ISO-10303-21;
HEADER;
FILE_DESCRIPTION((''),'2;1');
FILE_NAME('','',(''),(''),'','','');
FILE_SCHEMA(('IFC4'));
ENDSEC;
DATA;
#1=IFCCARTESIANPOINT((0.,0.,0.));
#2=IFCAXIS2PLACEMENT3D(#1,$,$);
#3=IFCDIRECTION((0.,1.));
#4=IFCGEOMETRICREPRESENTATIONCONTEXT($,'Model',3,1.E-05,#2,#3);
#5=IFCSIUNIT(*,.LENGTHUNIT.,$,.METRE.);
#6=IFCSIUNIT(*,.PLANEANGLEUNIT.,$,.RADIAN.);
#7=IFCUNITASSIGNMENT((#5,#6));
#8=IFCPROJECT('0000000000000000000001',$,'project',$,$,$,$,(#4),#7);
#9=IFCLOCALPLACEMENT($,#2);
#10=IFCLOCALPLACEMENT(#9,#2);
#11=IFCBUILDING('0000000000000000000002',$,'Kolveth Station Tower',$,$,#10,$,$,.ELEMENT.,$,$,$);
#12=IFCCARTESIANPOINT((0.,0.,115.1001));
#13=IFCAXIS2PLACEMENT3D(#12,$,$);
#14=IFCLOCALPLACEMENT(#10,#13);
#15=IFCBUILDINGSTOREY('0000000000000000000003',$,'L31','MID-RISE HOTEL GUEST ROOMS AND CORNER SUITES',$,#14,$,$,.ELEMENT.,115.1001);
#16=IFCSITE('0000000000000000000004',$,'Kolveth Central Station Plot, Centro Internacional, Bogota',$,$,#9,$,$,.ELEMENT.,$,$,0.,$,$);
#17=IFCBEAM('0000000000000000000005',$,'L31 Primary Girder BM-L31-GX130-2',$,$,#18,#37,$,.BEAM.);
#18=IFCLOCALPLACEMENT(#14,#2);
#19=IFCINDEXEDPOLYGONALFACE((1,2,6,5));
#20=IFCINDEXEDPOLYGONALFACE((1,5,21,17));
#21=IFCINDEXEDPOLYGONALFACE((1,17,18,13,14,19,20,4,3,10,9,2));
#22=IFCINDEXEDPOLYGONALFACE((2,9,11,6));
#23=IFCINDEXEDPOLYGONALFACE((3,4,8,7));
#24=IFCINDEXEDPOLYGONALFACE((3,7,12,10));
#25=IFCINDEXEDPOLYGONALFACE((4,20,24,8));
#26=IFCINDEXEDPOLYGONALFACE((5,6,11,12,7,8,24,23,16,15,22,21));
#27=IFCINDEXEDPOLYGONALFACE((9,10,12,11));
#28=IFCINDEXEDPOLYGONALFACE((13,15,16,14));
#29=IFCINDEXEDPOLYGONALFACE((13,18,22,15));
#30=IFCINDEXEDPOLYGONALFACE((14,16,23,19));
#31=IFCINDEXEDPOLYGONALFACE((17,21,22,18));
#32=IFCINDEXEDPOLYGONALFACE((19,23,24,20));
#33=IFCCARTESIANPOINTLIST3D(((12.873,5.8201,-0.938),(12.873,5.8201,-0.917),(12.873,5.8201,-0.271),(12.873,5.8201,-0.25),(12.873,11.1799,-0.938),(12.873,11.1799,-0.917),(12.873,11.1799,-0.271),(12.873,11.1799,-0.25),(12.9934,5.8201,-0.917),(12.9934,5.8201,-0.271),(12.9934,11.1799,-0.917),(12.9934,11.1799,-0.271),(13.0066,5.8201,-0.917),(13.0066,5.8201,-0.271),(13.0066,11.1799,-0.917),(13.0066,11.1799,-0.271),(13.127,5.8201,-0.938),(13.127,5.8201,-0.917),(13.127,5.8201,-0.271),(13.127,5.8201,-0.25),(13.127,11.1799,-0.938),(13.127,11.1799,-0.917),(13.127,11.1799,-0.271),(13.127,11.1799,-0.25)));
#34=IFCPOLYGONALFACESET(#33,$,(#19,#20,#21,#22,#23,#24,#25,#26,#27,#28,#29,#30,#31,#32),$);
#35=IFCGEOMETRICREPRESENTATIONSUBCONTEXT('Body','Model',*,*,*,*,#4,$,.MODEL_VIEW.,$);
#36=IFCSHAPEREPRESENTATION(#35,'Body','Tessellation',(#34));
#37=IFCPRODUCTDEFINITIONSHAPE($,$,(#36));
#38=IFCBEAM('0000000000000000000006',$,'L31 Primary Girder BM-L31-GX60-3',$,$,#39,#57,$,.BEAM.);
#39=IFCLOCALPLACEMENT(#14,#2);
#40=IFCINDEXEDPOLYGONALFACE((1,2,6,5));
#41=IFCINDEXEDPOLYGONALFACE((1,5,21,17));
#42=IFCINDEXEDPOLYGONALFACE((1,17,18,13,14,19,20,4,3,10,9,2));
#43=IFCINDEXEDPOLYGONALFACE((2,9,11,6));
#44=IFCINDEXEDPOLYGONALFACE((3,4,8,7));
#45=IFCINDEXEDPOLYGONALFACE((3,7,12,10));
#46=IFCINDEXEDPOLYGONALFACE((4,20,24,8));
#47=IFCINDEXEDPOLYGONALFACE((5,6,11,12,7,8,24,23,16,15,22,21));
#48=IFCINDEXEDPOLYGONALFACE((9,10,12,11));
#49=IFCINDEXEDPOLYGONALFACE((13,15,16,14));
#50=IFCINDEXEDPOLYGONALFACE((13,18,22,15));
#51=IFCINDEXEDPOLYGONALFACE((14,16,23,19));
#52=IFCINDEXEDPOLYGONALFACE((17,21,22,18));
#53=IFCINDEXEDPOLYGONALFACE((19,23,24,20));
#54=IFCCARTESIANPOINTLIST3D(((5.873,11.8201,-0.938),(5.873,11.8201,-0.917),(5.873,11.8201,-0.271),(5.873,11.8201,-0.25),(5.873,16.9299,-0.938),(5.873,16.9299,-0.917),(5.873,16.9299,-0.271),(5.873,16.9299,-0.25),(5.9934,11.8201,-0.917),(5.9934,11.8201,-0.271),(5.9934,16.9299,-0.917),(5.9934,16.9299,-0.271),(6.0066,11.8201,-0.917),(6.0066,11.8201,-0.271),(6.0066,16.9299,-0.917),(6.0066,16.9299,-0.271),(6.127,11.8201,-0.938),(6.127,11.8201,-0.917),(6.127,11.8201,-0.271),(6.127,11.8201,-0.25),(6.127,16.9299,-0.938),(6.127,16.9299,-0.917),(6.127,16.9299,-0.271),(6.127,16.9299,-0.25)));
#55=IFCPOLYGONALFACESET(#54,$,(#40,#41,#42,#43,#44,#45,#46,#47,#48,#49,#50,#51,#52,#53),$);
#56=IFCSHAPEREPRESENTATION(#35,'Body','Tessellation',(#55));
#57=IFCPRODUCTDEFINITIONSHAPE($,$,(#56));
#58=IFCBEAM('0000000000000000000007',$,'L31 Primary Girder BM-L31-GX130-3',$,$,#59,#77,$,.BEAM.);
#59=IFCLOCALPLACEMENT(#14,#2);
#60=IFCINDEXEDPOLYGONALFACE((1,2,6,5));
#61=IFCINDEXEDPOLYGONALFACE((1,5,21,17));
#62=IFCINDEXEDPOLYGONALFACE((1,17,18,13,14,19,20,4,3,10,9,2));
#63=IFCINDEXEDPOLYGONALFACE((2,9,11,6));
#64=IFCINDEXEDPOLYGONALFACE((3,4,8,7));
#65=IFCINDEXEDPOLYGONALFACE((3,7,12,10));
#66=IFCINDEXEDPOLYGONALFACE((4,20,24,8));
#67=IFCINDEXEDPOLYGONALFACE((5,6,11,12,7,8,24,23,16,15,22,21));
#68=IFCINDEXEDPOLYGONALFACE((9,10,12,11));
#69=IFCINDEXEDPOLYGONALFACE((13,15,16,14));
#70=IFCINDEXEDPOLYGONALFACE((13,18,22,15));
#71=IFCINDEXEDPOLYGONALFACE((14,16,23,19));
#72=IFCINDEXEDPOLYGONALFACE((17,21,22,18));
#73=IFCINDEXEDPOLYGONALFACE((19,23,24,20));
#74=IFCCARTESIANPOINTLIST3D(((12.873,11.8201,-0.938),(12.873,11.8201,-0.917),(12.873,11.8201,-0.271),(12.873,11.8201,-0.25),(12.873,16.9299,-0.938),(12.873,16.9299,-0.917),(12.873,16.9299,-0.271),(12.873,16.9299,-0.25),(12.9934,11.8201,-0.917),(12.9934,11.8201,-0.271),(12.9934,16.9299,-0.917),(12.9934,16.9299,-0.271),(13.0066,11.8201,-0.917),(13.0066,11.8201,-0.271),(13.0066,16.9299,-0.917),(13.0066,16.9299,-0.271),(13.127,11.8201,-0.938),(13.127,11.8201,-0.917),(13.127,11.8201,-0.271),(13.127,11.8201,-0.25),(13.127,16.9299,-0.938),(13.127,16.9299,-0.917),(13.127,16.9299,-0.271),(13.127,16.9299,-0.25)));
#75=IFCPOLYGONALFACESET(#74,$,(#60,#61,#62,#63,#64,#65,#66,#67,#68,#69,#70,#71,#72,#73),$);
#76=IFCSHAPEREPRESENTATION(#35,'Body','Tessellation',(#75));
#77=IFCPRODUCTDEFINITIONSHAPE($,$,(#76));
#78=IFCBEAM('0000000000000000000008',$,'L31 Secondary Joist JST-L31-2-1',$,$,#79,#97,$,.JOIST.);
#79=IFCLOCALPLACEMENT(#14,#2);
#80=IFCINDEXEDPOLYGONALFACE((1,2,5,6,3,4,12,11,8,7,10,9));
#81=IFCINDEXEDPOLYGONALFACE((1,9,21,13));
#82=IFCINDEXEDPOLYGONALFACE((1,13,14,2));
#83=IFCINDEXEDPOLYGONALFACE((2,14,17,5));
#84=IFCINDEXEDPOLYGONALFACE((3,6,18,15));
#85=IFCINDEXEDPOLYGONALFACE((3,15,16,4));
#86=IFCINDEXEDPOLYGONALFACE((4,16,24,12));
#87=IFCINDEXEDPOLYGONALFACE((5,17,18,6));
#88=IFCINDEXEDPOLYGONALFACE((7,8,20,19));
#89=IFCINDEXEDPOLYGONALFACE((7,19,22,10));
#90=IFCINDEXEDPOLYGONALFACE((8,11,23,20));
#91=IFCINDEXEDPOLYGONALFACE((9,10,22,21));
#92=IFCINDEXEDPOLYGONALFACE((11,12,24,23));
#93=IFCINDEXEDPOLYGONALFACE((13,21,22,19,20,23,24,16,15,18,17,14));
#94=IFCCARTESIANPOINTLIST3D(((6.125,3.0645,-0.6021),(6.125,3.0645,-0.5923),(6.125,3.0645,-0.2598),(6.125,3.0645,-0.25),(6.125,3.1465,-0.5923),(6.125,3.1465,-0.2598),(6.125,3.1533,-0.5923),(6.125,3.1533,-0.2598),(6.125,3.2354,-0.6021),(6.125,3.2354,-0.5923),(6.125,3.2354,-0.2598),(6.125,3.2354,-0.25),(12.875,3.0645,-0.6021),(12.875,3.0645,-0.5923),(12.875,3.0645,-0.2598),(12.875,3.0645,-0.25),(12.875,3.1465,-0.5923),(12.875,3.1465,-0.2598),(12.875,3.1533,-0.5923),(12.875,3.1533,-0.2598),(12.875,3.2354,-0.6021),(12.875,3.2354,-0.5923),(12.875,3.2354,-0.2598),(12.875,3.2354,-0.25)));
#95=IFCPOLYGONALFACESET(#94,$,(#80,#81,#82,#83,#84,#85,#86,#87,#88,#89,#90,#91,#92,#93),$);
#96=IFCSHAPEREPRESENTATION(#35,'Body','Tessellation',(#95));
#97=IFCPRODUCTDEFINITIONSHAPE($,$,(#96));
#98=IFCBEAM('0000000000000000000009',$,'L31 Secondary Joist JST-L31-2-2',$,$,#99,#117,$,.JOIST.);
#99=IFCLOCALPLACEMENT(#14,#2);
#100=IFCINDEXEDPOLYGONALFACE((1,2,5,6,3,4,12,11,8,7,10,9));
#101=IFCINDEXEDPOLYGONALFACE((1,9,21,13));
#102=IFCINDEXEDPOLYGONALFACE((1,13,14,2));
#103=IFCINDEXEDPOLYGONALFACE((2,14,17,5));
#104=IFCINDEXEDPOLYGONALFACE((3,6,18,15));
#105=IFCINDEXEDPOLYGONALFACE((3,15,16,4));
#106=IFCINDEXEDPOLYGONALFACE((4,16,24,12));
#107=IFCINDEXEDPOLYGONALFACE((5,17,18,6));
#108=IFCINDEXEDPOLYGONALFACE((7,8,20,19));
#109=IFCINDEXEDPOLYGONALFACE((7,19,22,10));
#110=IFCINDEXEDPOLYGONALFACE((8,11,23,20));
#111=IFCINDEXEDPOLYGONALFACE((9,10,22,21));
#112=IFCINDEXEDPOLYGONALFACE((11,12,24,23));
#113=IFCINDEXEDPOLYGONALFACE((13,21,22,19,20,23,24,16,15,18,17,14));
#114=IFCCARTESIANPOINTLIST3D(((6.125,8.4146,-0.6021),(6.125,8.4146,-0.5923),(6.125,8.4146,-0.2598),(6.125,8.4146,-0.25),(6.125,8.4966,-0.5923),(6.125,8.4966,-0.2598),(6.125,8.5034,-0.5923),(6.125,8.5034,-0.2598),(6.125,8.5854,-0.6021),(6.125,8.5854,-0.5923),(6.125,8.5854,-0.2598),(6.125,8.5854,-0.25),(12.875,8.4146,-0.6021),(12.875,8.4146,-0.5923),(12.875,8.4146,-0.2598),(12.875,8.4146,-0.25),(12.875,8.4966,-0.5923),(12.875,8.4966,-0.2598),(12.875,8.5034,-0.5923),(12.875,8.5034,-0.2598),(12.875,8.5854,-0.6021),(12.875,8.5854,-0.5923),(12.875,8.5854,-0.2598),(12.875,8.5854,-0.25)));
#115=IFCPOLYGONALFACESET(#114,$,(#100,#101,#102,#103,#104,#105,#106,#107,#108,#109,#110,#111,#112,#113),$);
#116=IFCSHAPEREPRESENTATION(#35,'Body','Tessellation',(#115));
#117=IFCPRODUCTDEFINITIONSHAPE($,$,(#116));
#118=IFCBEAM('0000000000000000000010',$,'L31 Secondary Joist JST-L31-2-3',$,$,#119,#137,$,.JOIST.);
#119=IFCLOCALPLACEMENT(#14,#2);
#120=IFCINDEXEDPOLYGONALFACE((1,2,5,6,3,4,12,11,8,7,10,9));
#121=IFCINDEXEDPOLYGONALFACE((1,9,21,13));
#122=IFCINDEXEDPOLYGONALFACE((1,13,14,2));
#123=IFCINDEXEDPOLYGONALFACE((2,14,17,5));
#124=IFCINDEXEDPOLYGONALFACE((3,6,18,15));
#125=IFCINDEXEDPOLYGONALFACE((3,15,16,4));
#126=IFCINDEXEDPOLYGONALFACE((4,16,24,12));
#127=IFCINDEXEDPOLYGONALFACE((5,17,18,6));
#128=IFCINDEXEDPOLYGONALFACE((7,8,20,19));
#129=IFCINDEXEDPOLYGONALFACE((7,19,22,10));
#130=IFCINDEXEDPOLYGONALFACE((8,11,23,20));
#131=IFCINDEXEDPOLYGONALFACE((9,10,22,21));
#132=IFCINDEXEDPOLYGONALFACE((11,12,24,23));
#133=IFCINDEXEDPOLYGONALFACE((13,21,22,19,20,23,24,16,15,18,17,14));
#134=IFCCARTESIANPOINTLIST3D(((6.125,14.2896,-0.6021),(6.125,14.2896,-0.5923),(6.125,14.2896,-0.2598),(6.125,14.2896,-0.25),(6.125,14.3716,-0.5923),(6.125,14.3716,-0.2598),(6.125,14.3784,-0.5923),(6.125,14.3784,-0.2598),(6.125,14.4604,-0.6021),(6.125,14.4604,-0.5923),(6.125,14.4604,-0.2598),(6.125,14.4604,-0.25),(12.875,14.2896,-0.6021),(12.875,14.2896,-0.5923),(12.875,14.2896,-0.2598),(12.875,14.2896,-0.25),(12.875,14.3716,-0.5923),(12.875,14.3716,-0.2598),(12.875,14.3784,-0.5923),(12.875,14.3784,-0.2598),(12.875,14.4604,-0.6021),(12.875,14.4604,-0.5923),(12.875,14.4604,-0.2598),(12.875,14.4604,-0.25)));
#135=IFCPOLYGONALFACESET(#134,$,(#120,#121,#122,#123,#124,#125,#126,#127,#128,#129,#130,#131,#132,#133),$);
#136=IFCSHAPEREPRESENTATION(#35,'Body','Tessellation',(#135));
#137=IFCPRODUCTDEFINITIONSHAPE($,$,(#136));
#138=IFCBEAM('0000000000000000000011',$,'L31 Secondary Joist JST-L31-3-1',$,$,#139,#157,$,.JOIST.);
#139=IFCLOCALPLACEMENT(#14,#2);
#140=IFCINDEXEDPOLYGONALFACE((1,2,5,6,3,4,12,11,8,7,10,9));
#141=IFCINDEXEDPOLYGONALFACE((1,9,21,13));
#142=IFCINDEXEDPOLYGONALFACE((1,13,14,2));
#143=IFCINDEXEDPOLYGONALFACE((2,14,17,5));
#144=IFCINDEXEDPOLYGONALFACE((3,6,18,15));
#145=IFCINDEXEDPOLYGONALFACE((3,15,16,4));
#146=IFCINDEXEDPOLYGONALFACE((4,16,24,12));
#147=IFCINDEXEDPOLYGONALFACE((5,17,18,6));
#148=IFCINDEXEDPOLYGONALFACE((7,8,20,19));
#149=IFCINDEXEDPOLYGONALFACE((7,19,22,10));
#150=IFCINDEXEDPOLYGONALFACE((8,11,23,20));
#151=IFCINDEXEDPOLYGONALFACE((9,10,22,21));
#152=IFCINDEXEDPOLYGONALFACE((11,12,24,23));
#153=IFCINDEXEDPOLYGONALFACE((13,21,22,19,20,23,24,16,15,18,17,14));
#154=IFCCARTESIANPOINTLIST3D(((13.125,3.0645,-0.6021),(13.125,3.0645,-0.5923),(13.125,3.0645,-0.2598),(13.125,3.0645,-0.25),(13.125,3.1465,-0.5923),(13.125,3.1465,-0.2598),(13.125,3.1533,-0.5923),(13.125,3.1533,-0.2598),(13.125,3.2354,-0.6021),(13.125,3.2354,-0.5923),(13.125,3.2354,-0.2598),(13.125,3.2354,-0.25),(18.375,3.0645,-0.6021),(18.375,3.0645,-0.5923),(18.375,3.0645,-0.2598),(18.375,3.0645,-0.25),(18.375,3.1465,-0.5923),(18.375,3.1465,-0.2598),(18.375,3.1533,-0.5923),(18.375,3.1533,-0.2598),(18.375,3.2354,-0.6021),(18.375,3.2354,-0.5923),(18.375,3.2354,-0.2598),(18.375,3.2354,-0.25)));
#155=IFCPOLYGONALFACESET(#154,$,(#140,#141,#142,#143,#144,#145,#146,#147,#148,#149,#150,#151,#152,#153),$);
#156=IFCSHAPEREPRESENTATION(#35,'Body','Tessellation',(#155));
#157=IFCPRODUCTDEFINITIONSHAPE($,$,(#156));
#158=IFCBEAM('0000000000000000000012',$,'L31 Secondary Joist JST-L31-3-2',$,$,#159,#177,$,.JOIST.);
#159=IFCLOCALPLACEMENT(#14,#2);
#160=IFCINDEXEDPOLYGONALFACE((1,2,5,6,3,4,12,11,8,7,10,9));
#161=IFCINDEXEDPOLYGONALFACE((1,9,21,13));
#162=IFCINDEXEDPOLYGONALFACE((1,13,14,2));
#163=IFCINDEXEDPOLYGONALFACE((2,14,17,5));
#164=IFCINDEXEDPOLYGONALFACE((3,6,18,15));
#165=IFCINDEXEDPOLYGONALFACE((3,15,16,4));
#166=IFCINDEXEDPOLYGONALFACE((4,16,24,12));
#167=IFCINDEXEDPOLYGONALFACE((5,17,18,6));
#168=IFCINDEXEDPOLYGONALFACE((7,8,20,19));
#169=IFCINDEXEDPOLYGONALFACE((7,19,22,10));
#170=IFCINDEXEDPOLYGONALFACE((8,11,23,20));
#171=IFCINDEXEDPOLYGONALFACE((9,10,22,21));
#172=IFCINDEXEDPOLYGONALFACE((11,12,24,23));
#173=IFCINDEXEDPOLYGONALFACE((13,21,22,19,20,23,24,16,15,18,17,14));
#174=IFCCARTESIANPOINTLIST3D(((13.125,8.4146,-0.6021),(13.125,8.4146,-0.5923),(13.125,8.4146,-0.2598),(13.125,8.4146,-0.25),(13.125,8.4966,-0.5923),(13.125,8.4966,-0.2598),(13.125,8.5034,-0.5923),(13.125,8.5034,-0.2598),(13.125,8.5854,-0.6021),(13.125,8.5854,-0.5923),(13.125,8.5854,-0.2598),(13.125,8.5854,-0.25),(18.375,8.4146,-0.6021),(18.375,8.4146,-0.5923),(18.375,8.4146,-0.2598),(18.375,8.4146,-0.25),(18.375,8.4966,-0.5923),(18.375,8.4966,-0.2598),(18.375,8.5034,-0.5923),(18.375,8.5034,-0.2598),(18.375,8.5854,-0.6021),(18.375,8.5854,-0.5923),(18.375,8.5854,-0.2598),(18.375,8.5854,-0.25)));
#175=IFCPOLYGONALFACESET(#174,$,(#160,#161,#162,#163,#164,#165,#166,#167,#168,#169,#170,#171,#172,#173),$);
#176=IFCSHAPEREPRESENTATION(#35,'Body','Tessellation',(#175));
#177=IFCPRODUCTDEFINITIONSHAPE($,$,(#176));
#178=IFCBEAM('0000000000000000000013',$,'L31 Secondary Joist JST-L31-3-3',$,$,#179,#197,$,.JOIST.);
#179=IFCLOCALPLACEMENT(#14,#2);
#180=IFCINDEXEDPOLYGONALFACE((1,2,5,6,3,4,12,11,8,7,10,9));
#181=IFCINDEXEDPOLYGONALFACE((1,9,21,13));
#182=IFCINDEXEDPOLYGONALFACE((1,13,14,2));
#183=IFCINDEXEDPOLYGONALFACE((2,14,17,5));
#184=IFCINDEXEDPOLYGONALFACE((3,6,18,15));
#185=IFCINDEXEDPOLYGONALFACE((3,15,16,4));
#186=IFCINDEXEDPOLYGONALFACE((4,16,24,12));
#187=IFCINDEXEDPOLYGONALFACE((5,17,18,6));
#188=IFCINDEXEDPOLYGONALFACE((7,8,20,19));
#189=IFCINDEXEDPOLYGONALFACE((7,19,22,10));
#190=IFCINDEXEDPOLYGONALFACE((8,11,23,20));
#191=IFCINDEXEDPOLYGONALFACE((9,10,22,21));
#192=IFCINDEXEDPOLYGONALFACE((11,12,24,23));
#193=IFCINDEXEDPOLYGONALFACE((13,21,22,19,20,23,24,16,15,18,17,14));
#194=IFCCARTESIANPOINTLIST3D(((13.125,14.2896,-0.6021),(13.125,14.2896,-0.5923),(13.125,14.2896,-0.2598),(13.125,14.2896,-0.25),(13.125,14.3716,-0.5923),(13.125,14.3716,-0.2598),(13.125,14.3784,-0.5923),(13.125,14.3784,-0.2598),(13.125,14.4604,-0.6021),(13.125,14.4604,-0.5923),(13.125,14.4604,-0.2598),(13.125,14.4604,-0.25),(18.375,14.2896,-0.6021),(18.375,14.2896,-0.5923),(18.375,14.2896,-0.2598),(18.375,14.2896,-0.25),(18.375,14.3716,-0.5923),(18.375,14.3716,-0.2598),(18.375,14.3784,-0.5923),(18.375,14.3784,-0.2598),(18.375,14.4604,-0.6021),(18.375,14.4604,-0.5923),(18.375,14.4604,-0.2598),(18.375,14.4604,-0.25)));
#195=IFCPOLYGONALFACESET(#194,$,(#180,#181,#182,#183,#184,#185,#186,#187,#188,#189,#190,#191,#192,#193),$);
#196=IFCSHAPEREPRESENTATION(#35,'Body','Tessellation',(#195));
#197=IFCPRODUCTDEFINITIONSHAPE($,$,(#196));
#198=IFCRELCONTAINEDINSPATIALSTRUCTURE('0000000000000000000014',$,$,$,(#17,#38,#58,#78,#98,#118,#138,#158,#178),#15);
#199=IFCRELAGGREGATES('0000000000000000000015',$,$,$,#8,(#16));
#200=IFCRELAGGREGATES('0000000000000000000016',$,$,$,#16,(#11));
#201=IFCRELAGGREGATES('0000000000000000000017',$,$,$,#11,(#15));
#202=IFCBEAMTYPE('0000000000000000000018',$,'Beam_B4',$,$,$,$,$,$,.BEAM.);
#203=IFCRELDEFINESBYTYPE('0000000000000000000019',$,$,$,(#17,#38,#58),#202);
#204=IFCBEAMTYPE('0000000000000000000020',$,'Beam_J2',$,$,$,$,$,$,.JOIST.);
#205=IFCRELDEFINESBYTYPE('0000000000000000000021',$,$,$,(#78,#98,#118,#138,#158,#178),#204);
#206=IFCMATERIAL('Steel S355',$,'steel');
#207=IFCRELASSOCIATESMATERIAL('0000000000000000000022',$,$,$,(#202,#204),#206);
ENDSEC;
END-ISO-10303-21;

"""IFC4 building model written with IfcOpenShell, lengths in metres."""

from ifc_helpers import new_model, si_unit, direction, frame, origin, origin_2d, place, context, subcontext, project, spatial, i_section, extrude, source, transform, mapped, material, material_profile, profile_set, type_object, element, save


model = new_model("IFC4")

# Units and contexts
model_context = context("Model", 3, precision=1e-05, world=origin(), true_north=direction((0.0, 1.0)))
body_context = subcontext(model_context, "Body", "Model", "MODEL_VIEW")
ifc_project = project(units=[si_unit("LENGTHUNIT", "METRE"), si_unit("PLANEANGLEUNIT", "RADIAN")], contexts=[model_context])

# Site, building, storey
site_placement = place(None, origin())
site = spatial("IfcSite", under=ifc_project, at=site_placement, Name="Kolveth Central Station Plot, Centro Internacional, Bogota", CompositionType="ELEMENT", RefElevation=0.0)
building_placement = place(site_placement, origin())
building = spatial("IfcBuilding", under=site, at=building_placement, Name="Kolveth Station Tower", CompositionType="ELEMENT")
storey_placement = place(building_placement, frame((0.0, 0.0, 115.1001)))
storey = spatial("IfcBuildingStorey", under=building, at=storey_placement, Name="L31", Description="MID-RISE HOTEL GUEST ROOMS AND CORNER SUITES", CompositionType="ELEMENT", Elevation=115.1001)

# Beams
ifc_material_1 = material(Name="Steel S355", Category="steel")
ifc_material_profile_1 = material_profile(ifc_material_1, i_section(OverallWidth=0.2539, OverallDepth=0.688, WebThickness=0.0132, FlangeThickness=0.021, at=origin_2d()), Name="W690x152")
ifc_profile_set_1 = profile_set([ifc_material_profile_1], Name="Steel S355")
beam_type_1 = type_object("IfcBeamType", Name="Beam_B4", PredefinedType="BEAM", material=ifc_profile_set_1)
shared_shape_1 = source(origin(), body_context, "Body", "SweptSolid", [
    extrude(i_section(OverallWidth=0.2539, OverallDepth=0.688, WebThickness=0.0132, FlangeThickness=0.021, at=origin_2d()), origin(), (0.0, 0.0, 1.0), 5.3599),
])
for number, where, z_axis, x_axis, name in (
    (1, (13.0, 5.8201, -0.594), (0.0, 1.0, 0.0), (-1.0, 0.0, 0.0), "L31 Primary Girder BM-L31-GX130-2"),
):
    element("IfcBeam", number, at=place(storey_placement, frame(where, z_axis=z_axis, x_axis=x_axis)), inside=storey, type_object=beam_type_1, Name=name, PredefinedType="BEAM", context=body_context, shape_type="MappedRepresentation", body=[
        mapped(shared_shape_1, transform((0.0, 0.0, 0.0), x_axis=(1.0, 0.0, 0.0), y_axis=(0.0, 1.0, 0.0), z_axis=(0.0, 0.0, 1.0), scale=1.0)),
    ])
shared_shape_2 = source(origin(), body_context, "Body", "SweptSolid", [
    extrude(i_section(OverallWidth=0.2539, OverallDepth=0.688, WebThickness=0.0132, FlangeThickness=0.021, at=origin_2d()), origin(), (0.0, 0.0, 1.0), 5.1099),
])
for number, where, z_axis, x_axis, name in (
    (2, (6.0, 11.8201, -0.594), (0.0, 1.0, 0.0), (-1.0, 0.0, 0.0), "L31 Primary Girder BM-L31-GX60-3"),
    (3, (13.0, 11.8201, -0.594), (0.0, 1.0, 0.0), (-1.0, 0.0, 0.0), "L31 Primary Girder BM-L31-GX130-3"),
):
    element("IfcBeam", number, at=place(storey_placement, frame(where, z_axis=z_axis, x_axis=x_axis)), inside=storey, type_object=beam_type_1, Name=name, PredefinedType="BEAM", context=body_context, shape_type="MappedRepresentation", body=[
        mapped(shared_shape_2, transform((0.0, 0.0, 0.0), x_axis=(1.0, 0.0, 0.0), y_axis=(0.0, 1.0, 0.0), z_axis=(0.0, 0.0, 1.0), scale=1.0)),
    ])
ifc_material_profile_2 = material_profile(ifc_material_1, i_section(OverallWidth=0.1709, OverallDepth=0.3521, WebThickness=0.0068, FlangeThickness=0.0098, at=origin_2d()), Name="W360x44")
ifc_profile_set_2 = profile_set([ifc_material_profile_2], Name="Steel S355")
beam_type_2 = type_object("IfcBeamType", Name="Beam_J2", PredefinedType="JOIST", material=ifc_profile_set_2)
shared_shape_3 = source(origin(), body_context, "Body", "SweptSolid", [
    extrude(i_section(OverallWidth=0.1709, OverallDepth=0.3521, WebThickness=0.0068, FlangeThickness=0.0098, at=origin_2d()), origin(), (0.0, 0.0, 1.0), 6.75),
])
for number, where, z_axis, x_axis, name in (
    (4, (6.125, 3.1499, -0.426), (1.0, 0.0, 0.0), (0.0, 1.0, 0.0), "L31 Secondary Joist JST-L31-2-1"),
    (5, (6.125, 8.5, -0.426), (1.0, 0.0, 0.0), (0.0, 1.0, 0.0), "L31 Secondary Joist JST-L31-2-2"),
    (6, (6.125, 14.375, -0.426), (1.0, 0.0, 0.0), (0.0, 1.0, 0.0), "L31 Secondary Joist JST-L31-2-3"),
):
    element("IfcBeam", number, at=place(storey_placement, frame(where, z_axis=z_axis, x_axis=x_axis)), inside=storey, type_object=beam_type_2, Name=name, PredefinedType="JOIST", context=body_context, shape_type="MappedRepresentation", body=[
        mapped(shared_shape_3, transform((0.0, 0.0, 0.0), x_axis=(1.0, 0.0, 0.0), y_axis=(0.0, 1.0, 0.0), z_axis=(0.0, 0.0, 1.0), scale=1.0)),
    ])
shared_shape_4 = source(origin(), body_context, "Body", "SweptSolid", [
    extrude(i_section(OverallWidth=0.1709, OverallDepth=0.3521, WebThickness=0.0068, FlangeThickness=0.0098, at=origin_2d()), origin(), (0.0, 0.0, 1.0), 5.25),
])
for number, where, z_axis, x_axis, name in (
    (7, (13.125, 3.1499, -0.426), (1.0, 0.0, 0.0), (0.0, 1.0, 0.0), "L31 Secondary Joist JST-L31-3-1"),
    (8, (13.125, 8.5, -0.426), (1.0, 0.0, 0.0), (0.0, 1.0, 0.0), "L31 Secondary Joist JST-L31-3-2"),
    (9, (13.125, 14.375, -0.426), (1.0, 0.0, 0.0), (0.0, 1.0, 0.0), "L31 Secondary Joist JST-L31-3-3"),
):
    element("IfcBeam", number, at=place(storey_placement, frame(where, z_axis=z_axis, x_axis=x_axis)), inside=storey, type_object=beam_type_2, Name=name, PredefinedType="JOIST", context=body_context, shape_type="MappedRepresentation", body=[
        mapped(shared_shape_4, transform((0.0, 0.0, 0.0), x_axis=(1.0, 0.0, 0.0), y_axis=(0.0, 1.0, 0.0), z_axis=(0.0, 0.0, 1.0), scale=1.0)),
    ])

save(model, "model.ifc")
